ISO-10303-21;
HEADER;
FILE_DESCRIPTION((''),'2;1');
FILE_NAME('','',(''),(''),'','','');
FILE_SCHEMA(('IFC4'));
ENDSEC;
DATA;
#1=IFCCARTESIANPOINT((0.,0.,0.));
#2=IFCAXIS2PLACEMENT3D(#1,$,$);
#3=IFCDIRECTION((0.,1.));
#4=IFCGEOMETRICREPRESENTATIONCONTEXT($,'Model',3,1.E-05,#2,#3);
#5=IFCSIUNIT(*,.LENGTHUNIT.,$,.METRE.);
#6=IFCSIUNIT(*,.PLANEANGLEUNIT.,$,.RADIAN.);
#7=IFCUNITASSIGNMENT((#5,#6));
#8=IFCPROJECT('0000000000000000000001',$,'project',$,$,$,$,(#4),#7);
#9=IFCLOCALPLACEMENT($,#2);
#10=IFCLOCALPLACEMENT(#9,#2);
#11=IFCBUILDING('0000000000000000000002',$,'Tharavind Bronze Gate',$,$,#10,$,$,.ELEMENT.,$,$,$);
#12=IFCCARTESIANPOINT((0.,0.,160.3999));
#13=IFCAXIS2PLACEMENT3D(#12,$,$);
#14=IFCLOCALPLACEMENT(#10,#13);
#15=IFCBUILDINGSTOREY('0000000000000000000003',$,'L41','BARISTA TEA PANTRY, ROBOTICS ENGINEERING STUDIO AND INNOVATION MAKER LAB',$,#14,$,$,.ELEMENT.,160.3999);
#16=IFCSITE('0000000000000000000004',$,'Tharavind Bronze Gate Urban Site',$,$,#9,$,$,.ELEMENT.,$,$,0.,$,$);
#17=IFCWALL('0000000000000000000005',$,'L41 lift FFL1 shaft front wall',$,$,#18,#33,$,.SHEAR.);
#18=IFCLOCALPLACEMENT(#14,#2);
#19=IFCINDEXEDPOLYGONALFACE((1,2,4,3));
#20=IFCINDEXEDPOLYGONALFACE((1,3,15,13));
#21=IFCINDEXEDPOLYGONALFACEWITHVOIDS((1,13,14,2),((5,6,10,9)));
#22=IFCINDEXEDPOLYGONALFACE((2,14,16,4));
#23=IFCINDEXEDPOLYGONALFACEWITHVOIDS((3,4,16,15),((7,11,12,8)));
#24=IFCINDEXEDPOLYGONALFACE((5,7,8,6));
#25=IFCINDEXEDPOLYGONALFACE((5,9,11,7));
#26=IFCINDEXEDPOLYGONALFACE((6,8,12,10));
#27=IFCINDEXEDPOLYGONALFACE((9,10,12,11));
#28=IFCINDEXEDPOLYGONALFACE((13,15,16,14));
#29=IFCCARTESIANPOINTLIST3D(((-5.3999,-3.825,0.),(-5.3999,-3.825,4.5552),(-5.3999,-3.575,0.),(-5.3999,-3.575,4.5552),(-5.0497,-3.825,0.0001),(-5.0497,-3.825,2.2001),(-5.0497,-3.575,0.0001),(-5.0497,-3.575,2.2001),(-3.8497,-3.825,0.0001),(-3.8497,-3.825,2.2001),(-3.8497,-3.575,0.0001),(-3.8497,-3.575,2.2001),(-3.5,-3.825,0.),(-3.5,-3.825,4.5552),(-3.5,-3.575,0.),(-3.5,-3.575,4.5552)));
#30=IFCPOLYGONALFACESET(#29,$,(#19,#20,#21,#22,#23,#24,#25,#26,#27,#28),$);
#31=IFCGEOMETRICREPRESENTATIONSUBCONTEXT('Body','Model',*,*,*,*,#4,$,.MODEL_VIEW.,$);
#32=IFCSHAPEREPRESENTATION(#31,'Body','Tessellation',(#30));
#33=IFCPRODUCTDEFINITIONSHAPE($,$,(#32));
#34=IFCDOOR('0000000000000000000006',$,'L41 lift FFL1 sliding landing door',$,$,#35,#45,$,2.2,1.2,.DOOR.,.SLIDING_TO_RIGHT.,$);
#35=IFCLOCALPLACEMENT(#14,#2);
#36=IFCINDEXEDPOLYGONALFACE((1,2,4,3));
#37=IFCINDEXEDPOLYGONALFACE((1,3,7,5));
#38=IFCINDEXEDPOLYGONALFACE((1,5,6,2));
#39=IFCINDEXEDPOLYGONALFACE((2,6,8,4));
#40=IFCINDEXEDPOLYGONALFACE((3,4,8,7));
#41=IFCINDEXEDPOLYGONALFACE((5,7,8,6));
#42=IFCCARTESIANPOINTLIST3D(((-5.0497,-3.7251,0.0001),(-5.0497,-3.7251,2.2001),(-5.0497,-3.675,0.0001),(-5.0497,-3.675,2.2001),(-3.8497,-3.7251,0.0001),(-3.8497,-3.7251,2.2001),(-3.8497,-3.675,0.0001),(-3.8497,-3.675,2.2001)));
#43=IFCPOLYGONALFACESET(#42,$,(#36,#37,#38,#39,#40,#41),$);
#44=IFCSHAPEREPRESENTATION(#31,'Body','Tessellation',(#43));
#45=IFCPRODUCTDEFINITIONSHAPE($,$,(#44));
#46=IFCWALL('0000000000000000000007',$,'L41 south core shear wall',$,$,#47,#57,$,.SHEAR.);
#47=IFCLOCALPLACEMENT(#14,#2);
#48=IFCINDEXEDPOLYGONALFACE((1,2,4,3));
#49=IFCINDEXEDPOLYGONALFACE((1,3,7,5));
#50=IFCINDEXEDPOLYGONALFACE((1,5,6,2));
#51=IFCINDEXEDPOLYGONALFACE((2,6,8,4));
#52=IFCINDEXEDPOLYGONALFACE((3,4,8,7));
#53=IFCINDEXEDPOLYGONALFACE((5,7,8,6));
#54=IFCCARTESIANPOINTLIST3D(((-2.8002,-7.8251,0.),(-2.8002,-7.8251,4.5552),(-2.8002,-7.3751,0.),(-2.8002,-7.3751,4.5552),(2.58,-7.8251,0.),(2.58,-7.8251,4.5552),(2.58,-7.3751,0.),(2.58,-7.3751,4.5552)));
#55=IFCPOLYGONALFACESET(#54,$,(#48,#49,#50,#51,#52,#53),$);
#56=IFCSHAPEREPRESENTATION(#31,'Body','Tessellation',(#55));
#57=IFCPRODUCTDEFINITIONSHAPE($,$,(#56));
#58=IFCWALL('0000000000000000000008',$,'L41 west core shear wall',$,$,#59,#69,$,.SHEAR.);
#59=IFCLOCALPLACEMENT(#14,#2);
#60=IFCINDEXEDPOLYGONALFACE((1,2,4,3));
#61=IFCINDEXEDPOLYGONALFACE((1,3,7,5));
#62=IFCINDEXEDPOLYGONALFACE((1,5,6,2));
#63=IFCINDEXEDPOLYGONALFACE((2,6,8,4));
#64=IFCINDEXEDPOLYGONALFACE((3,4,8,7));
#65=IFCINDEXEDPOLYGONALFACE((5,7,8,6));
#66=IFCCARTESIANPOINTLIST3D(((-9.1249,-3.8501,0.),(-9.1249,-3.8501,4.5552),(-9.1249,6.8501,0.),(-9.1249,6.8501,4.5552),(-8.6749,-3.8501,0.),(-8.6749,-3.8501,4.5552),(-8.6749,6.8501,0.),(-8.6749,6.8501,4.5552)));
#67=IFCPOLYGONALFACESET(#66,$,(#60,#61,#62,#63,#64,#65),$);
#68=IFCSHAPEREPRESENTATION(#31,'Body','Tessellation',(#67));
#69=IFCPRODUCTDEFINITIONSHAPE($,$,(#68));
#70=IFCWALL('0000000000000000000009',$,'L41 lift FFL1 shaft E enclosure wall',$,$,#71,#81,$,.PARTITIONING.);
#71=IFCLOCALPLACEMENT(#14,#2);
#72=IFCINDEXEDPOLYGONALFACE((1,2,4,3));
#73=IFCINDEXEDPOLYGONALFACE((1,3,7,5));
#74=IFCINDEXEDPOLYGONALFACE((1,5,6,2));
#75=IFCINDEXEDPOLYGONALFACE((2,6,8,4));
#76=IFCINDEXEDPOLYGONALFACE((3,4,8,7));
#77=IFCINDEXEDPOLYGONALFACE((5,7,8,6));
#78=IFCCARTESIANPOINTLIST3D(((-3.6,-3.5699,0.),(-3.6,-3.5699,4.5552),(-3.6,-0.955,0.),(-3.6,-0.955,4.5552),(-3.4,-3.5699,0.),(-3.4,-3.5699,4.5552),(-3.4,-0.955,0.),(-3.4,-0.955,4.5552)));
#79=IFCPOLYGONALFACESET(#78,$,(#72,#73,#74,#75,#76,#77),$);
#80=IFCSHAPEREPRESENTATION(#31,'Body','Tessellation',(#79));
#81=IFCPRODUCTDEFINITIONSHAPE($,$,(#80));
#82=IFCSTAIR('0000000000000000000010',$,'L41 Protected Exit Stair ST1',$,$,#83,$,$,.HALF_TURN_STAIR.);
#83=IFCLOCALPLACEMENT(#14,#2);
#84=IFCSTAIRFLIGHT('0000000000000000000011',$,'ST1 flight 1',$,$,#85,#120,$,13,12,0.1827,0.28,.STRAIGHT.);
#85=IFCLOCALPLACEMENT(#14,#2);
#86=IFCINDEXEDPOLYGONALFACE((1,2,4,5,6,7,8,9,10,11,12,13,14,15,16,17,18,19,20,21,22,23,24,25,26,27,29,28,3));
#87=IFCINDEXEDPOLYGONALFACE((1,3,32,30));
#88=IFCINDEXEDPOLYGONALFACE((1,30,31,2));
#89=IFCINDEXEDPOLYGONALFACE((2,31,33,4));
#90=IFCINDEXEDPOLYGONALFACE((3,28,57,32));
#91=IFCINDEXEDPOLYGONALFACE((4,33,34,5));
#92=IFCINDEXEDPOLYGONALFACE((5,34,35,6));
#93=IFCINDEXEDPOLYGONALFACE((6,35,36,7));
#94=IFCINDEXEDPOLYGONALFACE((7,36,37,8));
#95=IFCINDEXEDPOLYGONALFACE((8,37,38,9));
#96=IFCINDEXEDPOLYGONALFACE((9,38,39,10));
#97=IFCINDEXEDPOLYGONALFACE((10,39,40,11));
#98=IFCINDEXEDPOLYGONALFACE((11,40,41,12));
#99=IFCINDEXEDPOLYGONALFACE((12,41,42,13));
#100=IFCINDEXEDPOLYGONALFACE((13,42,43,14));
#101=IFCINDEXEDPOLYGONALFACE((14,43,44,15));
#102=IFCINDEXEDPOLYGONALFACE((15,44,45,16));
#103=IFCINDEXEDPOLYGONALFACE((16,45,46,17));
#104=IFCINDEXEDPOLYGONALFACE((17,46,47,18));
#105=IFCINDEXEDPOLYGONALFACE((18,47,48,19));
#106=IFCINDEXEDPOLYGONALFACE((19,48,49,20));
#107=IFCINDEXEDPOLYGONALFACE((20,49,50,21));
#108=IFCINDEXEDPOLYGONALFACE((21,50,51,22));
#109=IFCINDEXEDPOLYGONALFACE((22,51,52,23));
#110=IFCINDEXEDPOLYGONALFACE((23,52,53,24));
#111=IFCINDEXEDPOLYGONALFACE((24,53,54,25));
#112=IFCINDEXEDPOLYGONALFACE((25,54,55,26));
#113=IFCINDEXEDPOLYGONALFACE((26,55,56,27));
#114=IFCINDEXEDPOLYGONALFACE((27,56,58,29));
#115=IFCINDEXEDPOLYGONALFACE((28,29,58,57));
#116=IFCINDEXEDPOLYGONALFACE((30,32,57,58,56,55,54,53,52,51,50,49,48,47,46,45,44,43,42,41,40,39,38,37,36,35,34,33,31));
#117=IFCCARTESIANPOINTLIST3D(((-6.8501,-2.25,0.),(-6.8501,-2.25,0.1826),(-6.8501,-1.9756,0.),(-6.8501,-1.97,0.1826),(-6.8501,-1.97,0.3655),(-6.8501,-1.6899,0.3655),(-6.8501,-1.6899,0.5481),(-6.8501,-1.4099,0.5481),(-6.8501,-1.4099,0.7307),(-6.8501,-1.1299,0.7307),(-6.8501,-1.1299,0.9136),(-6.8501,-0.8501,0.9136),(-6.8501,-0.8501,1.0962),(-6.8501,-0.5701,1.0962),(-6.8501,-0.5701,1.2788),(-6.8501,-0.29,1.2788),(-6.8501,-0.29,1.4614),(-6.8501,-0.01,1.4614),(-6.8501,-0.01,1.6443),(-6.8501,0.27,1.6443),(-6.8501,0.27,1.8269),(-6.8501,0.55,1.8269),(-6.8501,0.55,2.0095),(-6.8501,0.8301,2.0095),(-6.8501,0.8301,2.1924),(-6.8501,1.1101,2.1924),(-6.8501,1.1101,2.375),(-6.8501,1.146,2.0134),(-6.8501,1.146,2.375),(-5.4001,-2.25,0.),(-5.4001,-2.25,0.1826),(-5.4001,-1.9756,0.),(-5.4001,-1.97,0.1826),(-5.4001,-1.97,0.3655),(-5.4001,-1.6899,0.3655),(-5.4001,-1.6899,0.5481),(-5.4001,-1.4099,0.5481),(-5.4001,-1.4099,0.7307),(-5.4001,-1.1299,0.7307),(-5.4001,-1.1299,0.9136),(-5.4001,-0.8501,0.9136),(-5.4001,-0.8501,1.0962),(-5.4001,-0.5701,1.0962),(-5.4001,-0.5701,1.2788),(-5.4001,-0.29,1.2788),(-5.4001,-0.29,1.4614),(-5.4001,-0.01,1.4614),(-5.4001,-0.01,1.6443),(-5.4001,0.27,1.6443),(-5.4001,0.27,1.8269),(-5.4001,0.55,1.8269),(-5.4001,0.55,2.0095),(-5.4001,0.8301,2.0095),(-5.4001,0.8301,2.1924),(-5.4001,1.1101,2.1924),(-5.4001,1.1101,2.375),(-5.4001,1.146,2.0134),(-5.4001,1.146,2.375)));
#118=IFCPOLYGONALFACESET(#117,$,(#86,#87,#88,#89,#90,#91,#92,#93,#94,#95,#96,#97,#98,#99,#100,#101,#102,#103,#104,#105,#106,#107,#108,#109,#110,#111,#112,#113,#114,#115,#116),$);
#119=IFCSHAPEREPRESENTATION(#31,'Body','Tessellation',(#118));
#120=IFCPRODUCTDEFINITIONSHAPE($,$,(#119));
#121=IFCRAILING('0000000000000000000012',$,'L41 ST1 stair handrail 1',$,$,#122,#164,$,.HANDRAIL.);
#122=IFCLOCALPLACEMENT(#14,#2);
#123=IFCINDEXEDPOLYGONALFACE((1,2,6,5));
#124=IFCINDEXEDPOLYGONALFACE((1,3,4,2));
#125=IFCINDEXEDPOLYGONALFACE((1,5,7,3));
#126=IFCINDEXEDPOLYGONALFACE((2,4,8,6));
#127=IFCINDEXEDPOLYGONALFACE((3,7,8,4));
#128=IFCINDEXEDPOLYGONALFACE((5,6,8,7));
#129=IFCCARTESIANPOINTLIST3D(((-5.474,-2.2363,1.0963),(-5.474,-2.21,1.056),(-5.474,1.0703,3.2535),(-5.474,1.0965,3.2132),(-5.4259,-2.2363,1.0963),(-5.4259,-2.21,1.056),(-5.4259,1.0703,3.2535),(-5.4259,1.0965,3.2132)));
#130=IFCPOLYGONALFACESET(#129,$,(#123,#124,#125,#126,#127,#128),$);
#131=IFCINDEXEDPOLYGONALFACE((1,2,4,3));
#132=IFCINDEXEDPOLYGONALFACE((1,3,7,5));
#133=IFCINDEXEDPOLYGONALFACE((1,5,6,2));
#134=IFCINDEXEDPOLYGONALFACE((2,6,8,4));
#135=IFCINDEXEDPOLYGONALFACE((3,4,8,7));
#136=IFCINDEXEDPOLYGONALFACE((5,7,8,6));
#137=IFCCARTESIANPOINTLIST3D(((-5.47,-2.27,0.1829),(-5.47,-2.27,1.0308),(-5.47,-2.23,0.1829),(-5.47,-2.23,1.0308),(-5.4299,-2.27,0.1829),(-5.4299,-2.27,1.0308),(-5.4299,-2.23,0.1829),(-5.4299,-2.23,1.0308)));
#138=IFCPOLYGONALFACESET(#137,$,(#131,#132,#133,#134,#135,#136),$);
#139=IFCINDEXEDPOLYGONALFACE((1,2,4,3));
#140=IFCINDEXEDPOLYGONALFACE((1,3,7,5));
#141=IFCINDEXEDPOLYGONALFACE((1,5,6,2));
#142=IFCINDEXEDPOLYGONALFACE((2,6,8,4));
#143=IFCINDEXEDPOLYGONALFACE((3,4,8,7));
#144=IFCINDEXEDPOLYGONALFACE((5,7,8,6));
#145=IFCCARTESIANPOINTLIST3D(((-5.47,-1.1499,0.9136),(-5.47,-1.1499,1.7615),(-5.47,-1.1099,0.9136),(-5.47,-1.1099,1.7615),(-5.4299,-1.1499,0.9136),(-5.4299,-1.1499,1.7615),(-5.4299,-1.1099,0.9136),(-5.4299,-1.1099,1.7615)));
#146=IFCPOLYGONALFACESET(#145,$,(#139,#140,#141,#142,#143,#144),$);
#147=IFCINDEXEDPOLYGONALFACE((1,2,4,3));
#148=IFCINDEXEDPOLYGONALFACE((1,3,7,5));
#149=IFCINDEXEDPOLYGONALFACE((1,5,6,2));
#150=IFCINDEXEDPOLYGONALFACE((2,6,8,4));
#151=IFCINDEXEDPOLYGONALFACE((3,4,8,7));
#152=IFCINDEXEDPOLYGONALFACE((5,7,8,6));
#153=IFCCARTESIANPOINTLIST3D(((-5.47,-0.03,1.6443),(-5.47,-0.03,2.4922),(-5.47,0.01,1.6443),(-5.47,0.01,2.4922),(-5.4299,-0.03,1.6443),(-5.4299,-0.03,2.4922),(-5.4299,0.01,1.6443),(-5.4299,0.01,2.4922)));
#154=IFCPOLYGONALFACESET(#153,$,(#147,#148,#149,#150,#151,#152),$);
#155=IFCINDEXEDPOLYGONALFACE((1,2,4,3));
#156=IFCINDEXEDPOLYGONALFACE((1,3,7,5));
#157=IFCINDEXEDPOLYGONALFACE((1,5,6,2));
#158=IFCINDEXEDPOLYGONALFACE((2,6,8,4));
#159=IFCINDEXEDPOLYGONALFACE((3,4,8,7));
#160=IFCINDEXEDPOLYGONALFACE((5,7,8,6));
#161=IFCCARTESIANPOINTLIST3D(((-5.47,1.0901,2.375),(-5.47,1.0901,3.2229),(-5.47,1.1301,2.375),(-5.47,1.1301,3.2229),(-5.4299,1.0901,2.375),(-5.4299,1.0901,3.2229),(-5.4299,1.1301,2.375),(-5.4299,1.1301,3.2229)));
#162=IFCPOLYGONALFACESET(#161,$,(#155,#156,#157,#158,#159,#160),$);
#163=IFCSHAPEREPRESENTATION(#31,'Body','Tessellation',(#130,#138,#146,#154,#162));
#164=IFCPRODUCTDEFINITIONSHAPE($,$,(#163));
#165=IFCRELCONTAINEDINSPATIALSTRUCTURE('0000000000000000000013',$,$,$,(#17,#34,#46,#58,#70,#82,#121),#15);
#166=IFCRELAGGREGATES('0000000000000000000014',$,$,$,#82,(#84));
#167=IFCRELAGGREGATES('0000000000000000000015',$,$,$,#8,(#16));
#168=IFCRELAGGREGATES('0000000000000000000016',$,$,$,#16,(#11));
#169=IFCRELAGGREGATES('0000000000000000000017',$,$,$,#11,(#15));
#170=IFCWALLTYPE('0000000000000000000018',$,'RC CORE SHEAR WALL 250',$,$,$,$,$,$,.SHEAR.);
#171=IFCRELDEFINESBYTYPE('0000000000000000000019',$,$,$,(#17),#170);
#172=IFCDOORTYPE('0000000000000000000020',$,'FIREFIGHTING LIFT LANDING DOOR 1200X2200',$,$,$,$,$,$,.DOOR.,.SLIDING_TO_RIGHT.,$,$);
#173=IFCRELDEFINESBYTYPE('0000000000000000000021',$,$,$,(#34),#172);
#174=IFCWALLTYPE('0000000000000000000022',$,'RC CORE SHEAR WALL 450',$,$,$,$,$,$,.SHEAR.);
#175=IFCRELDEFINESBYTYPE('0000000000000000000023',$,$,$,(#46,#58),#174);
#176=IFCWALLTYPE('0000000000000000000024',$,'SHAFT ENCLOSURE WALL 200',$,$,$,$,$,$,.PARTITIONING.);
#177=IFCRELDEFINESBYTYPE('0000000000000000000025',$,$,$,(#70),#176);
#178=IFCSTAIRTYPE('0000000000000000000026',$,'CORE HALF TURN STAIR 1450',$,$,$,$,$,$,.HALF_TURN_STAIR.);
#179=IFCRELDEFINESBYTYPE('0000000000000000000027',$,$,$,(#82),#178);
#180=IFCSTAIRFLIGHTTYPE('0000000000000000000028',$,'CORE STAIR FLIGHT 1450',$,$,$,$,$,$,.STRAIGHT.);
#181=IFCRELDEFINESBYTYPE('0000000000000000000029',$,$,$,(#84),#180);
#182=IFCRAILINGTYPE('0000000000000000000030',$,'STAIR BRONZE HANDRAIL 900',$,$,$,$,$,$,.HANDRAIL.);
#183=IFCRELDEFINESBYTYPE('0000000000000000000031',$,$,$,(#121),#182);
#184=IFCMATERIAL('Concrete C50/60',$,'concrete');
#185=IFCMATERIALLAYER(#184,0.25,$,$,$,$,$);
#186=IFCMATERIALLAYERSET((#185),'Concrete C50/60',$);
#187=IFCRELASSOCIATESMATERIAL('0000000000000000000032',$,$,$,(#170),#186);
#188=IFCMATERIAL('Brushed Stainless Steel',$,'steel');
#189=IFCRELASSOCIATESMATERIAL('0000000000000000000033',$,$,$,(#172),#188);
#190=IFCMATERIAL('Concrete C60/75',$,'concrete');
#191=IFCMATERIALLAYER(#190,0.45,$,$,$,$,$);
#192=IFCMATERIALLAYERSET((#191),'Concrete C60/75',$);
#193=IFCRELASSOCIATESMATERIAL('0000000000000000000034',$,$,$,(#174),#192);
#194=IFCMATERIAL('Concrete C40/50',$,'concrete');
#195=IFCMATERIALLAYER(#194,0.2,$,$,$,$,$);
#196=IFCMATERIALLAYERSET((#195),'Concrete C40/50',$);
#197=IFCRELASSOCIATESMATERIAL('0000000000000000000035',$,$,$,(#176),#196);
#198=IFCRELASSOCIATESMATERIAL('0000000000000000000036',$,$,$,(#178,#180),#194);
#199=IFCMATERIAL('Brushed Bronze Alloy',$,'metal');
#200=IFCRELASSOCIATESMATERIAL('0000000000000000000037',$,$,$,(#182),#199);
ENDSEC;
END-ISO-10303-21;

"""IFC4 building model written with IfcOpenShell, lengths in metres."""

from ifc_helpers import new_model, si_unit, direction, frame, frame_2d, origin, origin_2d, place, context, subcontext, project, spatial, polyline, rectangle, outline, extrude, material, layer, layer_set, type_object, element, fill, aggregate, save


model = new_model("IFC4")

# Units and contexts
model_context = context("Model", 3, precision=1e-05, world=origin(), true_north=direction((0.0, 1.0)))
body_context = subcontext(model_context, "Body", "Model", "MODEL_VIEW")
ifc_project = project(units=[si_unit("LENGTHUNIT", "METRE"), si_unit("PLANEANGLEUNIT", "RADIAN")], contexts=[model_context])

# Site, building, storey
site_placement = place(None, origin())
site = spatial("IfcSite", under=ifc_project, at=site_placement, Name="Tharavind Bronze Gate Urban Site", CompositionType="ELEMENT", RefElevation=0.0)
building_placement = place(site_placement, origin())
building = spatial("IfcBuilding", under=site, at=building_placement, Name="Tharavind Bronze Gate", CompositionType="ELEMENT")
storey_placement = place(building_placement, frame((0.0, 0.0, 160.3999)))
storey = spatial("IfcBuildingStorey", under=building, at=storey_placement, Name="L41", Description="BARISTA TEA PANTRY, ROBOTICS ENGINEERING STUDIO AND INNOVATION MAKER LAB", CompositionType="ELEMENT", Elevation=160.3999)

# Shared definitions
ifc_material_1 = material(Name="Concrete C60/75", Category="concrete")

# Shared definitions
ifc_material_2 = material(Name="Concrete C50/60", Category="concrete")
ifc_layer_1 = layer(ifc_material_2, 0.25)
ifc_layer_set_1 = layer_set([ifc_layer_1], Name="Concrete C50/60")
wall_type_1 = type_object("IfcWallType", Name="RC CORE SHEAR WALL 250", PredefinedType="SHEAR", material=ifc_layer_set_1)

# Wall, opening, door
wall_1_placement = place(storey_placement, frame((-5.3999, -3.7, 0.0), z_axis=(0.0, 0.0, 1.0), x_axis=(1.0, 0.0, 0.0)))
wall_1 = element("IfcWall", 1, at=wall_1_placement, inside=storey, type_object=wall_type_1, Name="L41 lift FFL1 shaft front wall", PredefinedType="SHEAR", context=body_context, shape_type="SweptSolid", body=[
    extrude(rectangle(XDim=1.8999, YDim=0.25, at=frame_2d((0.95, 0.0))), origin(), (0.0, 0.0, 1.0), 4.5552),
])
opening_1_placement = place(wall_1_placement, frame((0.3501, 0.0, 0.0)))
opening_1 = element("IfcOpeningElement", 2, at=opening_1_placement, cuts=wall_1, PredefinedType="OPENING", context=body_context, shape_type="SweptSolid", body=[
    extrude(rectangle(XDim=1.2, YDim=2.2, at=frame_2d((0.6001, 1.1001))), frame((0.0, 0.135, 0.0), z_axis=(0.0, -1.0, 0.0), x_axis=(1.0, 0.0, 0.0)), (0.0, 0.0, 1.0), 0.27),
])
ifc_material_3 = material(Name="Brushed Stainless Steel", Category="steel")
door_type_1 = type_object("IfcDoorType", Name="FIREFIGHTING LIFT LANDING DOOR 1200X2200", OperationType="SLIDING_TO_RIGHT", PredefinedType="DOOR", material=ifc_material_3)
door_1_placement = place(opening_1_placement, origin())
door_1 = element("IfcDoor", 3, at=door_1_placement, inside=storey, type_object=door_type_1, Name="L41 lift FFL1 sliding landing door", OperationType="SLIDING_TO_RIGHT", OverallHeight=2.2, OverallWidth=1.2, PredefinedType="DOOR", context=body_context, shape_type="SweptSolid", body=[
    extrude(rectangle(XDim=1.2, YDim=2.2, at=frame_2d((0.6001, 1.1001))), frame((0.0, 0.0249, 0.0), z_axis=(0.0, -1.0, 0.0), x_axis=(1.0, 0.0, 0.0)), (0.0, 0.0, 1.0), 0.05),
])
fill(opening_1, door_1)

# Walls
ifc_layer_2 = layer(ifc_material_1, 0.45)
ifc_layer_set_2 = layer_set([ifc_layer_2], Name="Concrete C60/75")
wall_type_2 = type_object("IfcWallType", Name="RC CORE SHEAR WALL 450", PredefinedType="SHEAR", material=ifc_layer_set_2)
wall_2_placement = place(storey_placement, frame((-2.8, -7.6001, 0.0), z_axis=(0.0, 0.0, 1.0), x_axis=(1.0, 0.0, 0.0)))
element("IfcWall", 4, at=wall_2_placement, inside=storey, type_object=wall_type_2, Name="L41 south core shear wall", PredefinedType="SHEAR", context=body_context, shape_type="SweptSolid", body=[
    extrude(rectangle(XDim=5.3801, YDim=0.45, at=frame_2d((2.6899, 0.0))), origin(), (0.0, 0.0, 1.0), 4.5552),
])
wall_3_placement = place(storey_placement, frame((-8.8999, -3.8501, 0.0), z_axis=(0.0, 0.0, 1.0), x_axis=(0.0, 1.0, 0.0)))
element("IfcWall", 5, at=wall_3_placement, inside=storey, type_object=wall_type_2, Name="L41 west core shear wall", PredefinedType="SHEAR", context=body_context, shape_type="SweptSolid", body=[
    extrude(rectangle(XDim=10.7002, YDim=0.45, at=frame_2d((5.3501, 0.0))), origin(), (0.0, 0.0, 1.0), 4.5552),
])
ifc_material_4 = material(Name="Concrete C40/50", Category="concrete")
ifc_layer_3 = layer(ifc_material_4, 0.2)
ifc_layer_set_3 = layer_set([ifc_layer_3], Name="Concrete C40/50")
wall_type_3 = type_object("IfcWallType", Name="SHAFT ENCLOSURE WALL 200", PredefinedType="PARTITIONING", material=ifc_layer_set_3)
wall_4_placement = place(storey_placement, frame((-3.5, -3.5701, 0.0), z_axis=(0.0, 0.0, 1.0), x_axis=(0.0, 1.0, 0.0)))
element("IfcWall", 6, at=wall_4_placement, inside=storey, type_object=wall_type_3, Name="L41 lift FFL1 shaft E enclosure wall", PredefinedType="PARTITIONING", context=body_context, shape_type="SweptSolid", body=[
    extrude(rectangle(XDim=2.615, YDim=0.2, at=frame_2d((1.3076, 0.0))), origin(), (0.0, 0.0, 1.0), 4.5552),
])

# Stair, stair flight
stair_type = type_object("IfcStairType", Name="CORE HALF TURN STAIR 1450", PredefinedType="HALF_TURN_STAIR", material=ifc_material_4)
stair_placement = place(storey_placement, origin())
stair = element("IfcStair", 7, at=stair_placement, inside=storey, type_object=stair_type, Name="L41 Protected Exit Stair ST1", PredefinedType="HALF_TURN_STAIR")
stair_flight_type = type_object("IfcStairFlightType", Name="CORE STAIR FLIGHT 1450", PredefinedType="STRAIGHT", material=ifc_material_4)
stair_flight_placement = place(storey_placement, frame((-6.125, -2.25, 0.0), z_axis=(0.0, 0.0, 1.0), x_axis=(0.0, 1.0, 0.0)))
stair_flight = element("IfcStairFlight", 8, at=stair_flight_placement, type_object=stair_flight_type, Name="ST1 flight 1", NumberOfRisers=13, NumberOfTreads=12, PredefinedType="STRAIGHT", RiserHeight=0.1827, TreadLength=0.28, context=body_context, shape_type="SweptSolid", body=[
    extrude(outline(polyline([(0.0, 0.0), (0.0, 0.1826), (0.28, 0.1826), (0.28, 0.3655), (0.5601, 0.3655), (0.5601, 0.5481), (0.8401, 0.5481), (0.8401, 0.7307), (1.1201, 0.7307), (1.1201, 0.9136), (1.3999, 0.9136), (1.3999, 1.0962), (1.6799, 1.0962), (1.6799, 1.2788), (1.96, 1.2788), (1.96, 1.4614), (2.24, 1.4614), (2.24, 1.6443), (2.52, 1.6443), (2.52, 1.8269), (2.8, 1.8269), (2.8, 2.0095), (3.0801, 2.0095), (3.0801, 2.1924), (3.3601, 2.1924), (3.3601, 2.375), (3.396, 2.375), (3.396, 2.0134), (0.2744, 0.0), (0.0, 0.0)])), frame((0.0, 0.7251, 0.0), z_axis=(0.0, -1.0, 0.0), x_axis=(1.0, 0.0, 0.0)), (0.0, 0.0, 1.0), 1.45),
])
aggregate(stair, [stair_flight])

# Railing
ifc_material_5 = material(Name="Brushed Bronze Alloy", Category="metal")
railing_type_1 = type_object("IfcRailingType", Name="STAIR BRONZE HANDRAIL 900", PredefinedType="HANDRAIL", material=ifc_material_5)
railing_1_placement = place(storey_placement, frame((-5.45, -2.25, 0.1829)))
element("IfcRailing", 9, at=railing_1_placement, inside=storey, type_object=railing_type_1, Name="L41 ST1 stair handrail 1", PredefinedType="HANDRAIL", context=body_context, shape_type="SweptSolid", body=[
    extrude(rectangle(XDim=0.0481, YDim=0.0481, at=origin_2d()), frame((0.0, 0.0269, 0.8933), z_axis=(0.0, 0.837523, 0.546401), x_axis=(-1.0, 0.0, 0.0)), (0.0, 0.0, 1.0), 3.948),
    extrude(rectangle(XDim=0.04, YDim=0.04, at=origin_2d()), origin(), (0.0, 0.0, 1.0), 0.8479),
    extrude(rectangle(XDim=0.04, YDim=0.04, at=origin_2d()), frame((0.0, 1.1201, 0.7307)), (0.0, 0.0, 1.0), 0.8479),
    extrude(rectangle(XDim=0.04, YDim=0.04, at=origin_2d()), frame((0.0, 2.24, 1.4614)), (0.0, 0.0, 1.0), 0.8479),
    extrude(rectangle(XDim=0.04, YDim=0.04, at=origin_2d()), frame((0.0, 3.3601, 2.1921)), (0.0, 0.0, 1.0), 0.8479),
])

save(model, "model.ifc")
